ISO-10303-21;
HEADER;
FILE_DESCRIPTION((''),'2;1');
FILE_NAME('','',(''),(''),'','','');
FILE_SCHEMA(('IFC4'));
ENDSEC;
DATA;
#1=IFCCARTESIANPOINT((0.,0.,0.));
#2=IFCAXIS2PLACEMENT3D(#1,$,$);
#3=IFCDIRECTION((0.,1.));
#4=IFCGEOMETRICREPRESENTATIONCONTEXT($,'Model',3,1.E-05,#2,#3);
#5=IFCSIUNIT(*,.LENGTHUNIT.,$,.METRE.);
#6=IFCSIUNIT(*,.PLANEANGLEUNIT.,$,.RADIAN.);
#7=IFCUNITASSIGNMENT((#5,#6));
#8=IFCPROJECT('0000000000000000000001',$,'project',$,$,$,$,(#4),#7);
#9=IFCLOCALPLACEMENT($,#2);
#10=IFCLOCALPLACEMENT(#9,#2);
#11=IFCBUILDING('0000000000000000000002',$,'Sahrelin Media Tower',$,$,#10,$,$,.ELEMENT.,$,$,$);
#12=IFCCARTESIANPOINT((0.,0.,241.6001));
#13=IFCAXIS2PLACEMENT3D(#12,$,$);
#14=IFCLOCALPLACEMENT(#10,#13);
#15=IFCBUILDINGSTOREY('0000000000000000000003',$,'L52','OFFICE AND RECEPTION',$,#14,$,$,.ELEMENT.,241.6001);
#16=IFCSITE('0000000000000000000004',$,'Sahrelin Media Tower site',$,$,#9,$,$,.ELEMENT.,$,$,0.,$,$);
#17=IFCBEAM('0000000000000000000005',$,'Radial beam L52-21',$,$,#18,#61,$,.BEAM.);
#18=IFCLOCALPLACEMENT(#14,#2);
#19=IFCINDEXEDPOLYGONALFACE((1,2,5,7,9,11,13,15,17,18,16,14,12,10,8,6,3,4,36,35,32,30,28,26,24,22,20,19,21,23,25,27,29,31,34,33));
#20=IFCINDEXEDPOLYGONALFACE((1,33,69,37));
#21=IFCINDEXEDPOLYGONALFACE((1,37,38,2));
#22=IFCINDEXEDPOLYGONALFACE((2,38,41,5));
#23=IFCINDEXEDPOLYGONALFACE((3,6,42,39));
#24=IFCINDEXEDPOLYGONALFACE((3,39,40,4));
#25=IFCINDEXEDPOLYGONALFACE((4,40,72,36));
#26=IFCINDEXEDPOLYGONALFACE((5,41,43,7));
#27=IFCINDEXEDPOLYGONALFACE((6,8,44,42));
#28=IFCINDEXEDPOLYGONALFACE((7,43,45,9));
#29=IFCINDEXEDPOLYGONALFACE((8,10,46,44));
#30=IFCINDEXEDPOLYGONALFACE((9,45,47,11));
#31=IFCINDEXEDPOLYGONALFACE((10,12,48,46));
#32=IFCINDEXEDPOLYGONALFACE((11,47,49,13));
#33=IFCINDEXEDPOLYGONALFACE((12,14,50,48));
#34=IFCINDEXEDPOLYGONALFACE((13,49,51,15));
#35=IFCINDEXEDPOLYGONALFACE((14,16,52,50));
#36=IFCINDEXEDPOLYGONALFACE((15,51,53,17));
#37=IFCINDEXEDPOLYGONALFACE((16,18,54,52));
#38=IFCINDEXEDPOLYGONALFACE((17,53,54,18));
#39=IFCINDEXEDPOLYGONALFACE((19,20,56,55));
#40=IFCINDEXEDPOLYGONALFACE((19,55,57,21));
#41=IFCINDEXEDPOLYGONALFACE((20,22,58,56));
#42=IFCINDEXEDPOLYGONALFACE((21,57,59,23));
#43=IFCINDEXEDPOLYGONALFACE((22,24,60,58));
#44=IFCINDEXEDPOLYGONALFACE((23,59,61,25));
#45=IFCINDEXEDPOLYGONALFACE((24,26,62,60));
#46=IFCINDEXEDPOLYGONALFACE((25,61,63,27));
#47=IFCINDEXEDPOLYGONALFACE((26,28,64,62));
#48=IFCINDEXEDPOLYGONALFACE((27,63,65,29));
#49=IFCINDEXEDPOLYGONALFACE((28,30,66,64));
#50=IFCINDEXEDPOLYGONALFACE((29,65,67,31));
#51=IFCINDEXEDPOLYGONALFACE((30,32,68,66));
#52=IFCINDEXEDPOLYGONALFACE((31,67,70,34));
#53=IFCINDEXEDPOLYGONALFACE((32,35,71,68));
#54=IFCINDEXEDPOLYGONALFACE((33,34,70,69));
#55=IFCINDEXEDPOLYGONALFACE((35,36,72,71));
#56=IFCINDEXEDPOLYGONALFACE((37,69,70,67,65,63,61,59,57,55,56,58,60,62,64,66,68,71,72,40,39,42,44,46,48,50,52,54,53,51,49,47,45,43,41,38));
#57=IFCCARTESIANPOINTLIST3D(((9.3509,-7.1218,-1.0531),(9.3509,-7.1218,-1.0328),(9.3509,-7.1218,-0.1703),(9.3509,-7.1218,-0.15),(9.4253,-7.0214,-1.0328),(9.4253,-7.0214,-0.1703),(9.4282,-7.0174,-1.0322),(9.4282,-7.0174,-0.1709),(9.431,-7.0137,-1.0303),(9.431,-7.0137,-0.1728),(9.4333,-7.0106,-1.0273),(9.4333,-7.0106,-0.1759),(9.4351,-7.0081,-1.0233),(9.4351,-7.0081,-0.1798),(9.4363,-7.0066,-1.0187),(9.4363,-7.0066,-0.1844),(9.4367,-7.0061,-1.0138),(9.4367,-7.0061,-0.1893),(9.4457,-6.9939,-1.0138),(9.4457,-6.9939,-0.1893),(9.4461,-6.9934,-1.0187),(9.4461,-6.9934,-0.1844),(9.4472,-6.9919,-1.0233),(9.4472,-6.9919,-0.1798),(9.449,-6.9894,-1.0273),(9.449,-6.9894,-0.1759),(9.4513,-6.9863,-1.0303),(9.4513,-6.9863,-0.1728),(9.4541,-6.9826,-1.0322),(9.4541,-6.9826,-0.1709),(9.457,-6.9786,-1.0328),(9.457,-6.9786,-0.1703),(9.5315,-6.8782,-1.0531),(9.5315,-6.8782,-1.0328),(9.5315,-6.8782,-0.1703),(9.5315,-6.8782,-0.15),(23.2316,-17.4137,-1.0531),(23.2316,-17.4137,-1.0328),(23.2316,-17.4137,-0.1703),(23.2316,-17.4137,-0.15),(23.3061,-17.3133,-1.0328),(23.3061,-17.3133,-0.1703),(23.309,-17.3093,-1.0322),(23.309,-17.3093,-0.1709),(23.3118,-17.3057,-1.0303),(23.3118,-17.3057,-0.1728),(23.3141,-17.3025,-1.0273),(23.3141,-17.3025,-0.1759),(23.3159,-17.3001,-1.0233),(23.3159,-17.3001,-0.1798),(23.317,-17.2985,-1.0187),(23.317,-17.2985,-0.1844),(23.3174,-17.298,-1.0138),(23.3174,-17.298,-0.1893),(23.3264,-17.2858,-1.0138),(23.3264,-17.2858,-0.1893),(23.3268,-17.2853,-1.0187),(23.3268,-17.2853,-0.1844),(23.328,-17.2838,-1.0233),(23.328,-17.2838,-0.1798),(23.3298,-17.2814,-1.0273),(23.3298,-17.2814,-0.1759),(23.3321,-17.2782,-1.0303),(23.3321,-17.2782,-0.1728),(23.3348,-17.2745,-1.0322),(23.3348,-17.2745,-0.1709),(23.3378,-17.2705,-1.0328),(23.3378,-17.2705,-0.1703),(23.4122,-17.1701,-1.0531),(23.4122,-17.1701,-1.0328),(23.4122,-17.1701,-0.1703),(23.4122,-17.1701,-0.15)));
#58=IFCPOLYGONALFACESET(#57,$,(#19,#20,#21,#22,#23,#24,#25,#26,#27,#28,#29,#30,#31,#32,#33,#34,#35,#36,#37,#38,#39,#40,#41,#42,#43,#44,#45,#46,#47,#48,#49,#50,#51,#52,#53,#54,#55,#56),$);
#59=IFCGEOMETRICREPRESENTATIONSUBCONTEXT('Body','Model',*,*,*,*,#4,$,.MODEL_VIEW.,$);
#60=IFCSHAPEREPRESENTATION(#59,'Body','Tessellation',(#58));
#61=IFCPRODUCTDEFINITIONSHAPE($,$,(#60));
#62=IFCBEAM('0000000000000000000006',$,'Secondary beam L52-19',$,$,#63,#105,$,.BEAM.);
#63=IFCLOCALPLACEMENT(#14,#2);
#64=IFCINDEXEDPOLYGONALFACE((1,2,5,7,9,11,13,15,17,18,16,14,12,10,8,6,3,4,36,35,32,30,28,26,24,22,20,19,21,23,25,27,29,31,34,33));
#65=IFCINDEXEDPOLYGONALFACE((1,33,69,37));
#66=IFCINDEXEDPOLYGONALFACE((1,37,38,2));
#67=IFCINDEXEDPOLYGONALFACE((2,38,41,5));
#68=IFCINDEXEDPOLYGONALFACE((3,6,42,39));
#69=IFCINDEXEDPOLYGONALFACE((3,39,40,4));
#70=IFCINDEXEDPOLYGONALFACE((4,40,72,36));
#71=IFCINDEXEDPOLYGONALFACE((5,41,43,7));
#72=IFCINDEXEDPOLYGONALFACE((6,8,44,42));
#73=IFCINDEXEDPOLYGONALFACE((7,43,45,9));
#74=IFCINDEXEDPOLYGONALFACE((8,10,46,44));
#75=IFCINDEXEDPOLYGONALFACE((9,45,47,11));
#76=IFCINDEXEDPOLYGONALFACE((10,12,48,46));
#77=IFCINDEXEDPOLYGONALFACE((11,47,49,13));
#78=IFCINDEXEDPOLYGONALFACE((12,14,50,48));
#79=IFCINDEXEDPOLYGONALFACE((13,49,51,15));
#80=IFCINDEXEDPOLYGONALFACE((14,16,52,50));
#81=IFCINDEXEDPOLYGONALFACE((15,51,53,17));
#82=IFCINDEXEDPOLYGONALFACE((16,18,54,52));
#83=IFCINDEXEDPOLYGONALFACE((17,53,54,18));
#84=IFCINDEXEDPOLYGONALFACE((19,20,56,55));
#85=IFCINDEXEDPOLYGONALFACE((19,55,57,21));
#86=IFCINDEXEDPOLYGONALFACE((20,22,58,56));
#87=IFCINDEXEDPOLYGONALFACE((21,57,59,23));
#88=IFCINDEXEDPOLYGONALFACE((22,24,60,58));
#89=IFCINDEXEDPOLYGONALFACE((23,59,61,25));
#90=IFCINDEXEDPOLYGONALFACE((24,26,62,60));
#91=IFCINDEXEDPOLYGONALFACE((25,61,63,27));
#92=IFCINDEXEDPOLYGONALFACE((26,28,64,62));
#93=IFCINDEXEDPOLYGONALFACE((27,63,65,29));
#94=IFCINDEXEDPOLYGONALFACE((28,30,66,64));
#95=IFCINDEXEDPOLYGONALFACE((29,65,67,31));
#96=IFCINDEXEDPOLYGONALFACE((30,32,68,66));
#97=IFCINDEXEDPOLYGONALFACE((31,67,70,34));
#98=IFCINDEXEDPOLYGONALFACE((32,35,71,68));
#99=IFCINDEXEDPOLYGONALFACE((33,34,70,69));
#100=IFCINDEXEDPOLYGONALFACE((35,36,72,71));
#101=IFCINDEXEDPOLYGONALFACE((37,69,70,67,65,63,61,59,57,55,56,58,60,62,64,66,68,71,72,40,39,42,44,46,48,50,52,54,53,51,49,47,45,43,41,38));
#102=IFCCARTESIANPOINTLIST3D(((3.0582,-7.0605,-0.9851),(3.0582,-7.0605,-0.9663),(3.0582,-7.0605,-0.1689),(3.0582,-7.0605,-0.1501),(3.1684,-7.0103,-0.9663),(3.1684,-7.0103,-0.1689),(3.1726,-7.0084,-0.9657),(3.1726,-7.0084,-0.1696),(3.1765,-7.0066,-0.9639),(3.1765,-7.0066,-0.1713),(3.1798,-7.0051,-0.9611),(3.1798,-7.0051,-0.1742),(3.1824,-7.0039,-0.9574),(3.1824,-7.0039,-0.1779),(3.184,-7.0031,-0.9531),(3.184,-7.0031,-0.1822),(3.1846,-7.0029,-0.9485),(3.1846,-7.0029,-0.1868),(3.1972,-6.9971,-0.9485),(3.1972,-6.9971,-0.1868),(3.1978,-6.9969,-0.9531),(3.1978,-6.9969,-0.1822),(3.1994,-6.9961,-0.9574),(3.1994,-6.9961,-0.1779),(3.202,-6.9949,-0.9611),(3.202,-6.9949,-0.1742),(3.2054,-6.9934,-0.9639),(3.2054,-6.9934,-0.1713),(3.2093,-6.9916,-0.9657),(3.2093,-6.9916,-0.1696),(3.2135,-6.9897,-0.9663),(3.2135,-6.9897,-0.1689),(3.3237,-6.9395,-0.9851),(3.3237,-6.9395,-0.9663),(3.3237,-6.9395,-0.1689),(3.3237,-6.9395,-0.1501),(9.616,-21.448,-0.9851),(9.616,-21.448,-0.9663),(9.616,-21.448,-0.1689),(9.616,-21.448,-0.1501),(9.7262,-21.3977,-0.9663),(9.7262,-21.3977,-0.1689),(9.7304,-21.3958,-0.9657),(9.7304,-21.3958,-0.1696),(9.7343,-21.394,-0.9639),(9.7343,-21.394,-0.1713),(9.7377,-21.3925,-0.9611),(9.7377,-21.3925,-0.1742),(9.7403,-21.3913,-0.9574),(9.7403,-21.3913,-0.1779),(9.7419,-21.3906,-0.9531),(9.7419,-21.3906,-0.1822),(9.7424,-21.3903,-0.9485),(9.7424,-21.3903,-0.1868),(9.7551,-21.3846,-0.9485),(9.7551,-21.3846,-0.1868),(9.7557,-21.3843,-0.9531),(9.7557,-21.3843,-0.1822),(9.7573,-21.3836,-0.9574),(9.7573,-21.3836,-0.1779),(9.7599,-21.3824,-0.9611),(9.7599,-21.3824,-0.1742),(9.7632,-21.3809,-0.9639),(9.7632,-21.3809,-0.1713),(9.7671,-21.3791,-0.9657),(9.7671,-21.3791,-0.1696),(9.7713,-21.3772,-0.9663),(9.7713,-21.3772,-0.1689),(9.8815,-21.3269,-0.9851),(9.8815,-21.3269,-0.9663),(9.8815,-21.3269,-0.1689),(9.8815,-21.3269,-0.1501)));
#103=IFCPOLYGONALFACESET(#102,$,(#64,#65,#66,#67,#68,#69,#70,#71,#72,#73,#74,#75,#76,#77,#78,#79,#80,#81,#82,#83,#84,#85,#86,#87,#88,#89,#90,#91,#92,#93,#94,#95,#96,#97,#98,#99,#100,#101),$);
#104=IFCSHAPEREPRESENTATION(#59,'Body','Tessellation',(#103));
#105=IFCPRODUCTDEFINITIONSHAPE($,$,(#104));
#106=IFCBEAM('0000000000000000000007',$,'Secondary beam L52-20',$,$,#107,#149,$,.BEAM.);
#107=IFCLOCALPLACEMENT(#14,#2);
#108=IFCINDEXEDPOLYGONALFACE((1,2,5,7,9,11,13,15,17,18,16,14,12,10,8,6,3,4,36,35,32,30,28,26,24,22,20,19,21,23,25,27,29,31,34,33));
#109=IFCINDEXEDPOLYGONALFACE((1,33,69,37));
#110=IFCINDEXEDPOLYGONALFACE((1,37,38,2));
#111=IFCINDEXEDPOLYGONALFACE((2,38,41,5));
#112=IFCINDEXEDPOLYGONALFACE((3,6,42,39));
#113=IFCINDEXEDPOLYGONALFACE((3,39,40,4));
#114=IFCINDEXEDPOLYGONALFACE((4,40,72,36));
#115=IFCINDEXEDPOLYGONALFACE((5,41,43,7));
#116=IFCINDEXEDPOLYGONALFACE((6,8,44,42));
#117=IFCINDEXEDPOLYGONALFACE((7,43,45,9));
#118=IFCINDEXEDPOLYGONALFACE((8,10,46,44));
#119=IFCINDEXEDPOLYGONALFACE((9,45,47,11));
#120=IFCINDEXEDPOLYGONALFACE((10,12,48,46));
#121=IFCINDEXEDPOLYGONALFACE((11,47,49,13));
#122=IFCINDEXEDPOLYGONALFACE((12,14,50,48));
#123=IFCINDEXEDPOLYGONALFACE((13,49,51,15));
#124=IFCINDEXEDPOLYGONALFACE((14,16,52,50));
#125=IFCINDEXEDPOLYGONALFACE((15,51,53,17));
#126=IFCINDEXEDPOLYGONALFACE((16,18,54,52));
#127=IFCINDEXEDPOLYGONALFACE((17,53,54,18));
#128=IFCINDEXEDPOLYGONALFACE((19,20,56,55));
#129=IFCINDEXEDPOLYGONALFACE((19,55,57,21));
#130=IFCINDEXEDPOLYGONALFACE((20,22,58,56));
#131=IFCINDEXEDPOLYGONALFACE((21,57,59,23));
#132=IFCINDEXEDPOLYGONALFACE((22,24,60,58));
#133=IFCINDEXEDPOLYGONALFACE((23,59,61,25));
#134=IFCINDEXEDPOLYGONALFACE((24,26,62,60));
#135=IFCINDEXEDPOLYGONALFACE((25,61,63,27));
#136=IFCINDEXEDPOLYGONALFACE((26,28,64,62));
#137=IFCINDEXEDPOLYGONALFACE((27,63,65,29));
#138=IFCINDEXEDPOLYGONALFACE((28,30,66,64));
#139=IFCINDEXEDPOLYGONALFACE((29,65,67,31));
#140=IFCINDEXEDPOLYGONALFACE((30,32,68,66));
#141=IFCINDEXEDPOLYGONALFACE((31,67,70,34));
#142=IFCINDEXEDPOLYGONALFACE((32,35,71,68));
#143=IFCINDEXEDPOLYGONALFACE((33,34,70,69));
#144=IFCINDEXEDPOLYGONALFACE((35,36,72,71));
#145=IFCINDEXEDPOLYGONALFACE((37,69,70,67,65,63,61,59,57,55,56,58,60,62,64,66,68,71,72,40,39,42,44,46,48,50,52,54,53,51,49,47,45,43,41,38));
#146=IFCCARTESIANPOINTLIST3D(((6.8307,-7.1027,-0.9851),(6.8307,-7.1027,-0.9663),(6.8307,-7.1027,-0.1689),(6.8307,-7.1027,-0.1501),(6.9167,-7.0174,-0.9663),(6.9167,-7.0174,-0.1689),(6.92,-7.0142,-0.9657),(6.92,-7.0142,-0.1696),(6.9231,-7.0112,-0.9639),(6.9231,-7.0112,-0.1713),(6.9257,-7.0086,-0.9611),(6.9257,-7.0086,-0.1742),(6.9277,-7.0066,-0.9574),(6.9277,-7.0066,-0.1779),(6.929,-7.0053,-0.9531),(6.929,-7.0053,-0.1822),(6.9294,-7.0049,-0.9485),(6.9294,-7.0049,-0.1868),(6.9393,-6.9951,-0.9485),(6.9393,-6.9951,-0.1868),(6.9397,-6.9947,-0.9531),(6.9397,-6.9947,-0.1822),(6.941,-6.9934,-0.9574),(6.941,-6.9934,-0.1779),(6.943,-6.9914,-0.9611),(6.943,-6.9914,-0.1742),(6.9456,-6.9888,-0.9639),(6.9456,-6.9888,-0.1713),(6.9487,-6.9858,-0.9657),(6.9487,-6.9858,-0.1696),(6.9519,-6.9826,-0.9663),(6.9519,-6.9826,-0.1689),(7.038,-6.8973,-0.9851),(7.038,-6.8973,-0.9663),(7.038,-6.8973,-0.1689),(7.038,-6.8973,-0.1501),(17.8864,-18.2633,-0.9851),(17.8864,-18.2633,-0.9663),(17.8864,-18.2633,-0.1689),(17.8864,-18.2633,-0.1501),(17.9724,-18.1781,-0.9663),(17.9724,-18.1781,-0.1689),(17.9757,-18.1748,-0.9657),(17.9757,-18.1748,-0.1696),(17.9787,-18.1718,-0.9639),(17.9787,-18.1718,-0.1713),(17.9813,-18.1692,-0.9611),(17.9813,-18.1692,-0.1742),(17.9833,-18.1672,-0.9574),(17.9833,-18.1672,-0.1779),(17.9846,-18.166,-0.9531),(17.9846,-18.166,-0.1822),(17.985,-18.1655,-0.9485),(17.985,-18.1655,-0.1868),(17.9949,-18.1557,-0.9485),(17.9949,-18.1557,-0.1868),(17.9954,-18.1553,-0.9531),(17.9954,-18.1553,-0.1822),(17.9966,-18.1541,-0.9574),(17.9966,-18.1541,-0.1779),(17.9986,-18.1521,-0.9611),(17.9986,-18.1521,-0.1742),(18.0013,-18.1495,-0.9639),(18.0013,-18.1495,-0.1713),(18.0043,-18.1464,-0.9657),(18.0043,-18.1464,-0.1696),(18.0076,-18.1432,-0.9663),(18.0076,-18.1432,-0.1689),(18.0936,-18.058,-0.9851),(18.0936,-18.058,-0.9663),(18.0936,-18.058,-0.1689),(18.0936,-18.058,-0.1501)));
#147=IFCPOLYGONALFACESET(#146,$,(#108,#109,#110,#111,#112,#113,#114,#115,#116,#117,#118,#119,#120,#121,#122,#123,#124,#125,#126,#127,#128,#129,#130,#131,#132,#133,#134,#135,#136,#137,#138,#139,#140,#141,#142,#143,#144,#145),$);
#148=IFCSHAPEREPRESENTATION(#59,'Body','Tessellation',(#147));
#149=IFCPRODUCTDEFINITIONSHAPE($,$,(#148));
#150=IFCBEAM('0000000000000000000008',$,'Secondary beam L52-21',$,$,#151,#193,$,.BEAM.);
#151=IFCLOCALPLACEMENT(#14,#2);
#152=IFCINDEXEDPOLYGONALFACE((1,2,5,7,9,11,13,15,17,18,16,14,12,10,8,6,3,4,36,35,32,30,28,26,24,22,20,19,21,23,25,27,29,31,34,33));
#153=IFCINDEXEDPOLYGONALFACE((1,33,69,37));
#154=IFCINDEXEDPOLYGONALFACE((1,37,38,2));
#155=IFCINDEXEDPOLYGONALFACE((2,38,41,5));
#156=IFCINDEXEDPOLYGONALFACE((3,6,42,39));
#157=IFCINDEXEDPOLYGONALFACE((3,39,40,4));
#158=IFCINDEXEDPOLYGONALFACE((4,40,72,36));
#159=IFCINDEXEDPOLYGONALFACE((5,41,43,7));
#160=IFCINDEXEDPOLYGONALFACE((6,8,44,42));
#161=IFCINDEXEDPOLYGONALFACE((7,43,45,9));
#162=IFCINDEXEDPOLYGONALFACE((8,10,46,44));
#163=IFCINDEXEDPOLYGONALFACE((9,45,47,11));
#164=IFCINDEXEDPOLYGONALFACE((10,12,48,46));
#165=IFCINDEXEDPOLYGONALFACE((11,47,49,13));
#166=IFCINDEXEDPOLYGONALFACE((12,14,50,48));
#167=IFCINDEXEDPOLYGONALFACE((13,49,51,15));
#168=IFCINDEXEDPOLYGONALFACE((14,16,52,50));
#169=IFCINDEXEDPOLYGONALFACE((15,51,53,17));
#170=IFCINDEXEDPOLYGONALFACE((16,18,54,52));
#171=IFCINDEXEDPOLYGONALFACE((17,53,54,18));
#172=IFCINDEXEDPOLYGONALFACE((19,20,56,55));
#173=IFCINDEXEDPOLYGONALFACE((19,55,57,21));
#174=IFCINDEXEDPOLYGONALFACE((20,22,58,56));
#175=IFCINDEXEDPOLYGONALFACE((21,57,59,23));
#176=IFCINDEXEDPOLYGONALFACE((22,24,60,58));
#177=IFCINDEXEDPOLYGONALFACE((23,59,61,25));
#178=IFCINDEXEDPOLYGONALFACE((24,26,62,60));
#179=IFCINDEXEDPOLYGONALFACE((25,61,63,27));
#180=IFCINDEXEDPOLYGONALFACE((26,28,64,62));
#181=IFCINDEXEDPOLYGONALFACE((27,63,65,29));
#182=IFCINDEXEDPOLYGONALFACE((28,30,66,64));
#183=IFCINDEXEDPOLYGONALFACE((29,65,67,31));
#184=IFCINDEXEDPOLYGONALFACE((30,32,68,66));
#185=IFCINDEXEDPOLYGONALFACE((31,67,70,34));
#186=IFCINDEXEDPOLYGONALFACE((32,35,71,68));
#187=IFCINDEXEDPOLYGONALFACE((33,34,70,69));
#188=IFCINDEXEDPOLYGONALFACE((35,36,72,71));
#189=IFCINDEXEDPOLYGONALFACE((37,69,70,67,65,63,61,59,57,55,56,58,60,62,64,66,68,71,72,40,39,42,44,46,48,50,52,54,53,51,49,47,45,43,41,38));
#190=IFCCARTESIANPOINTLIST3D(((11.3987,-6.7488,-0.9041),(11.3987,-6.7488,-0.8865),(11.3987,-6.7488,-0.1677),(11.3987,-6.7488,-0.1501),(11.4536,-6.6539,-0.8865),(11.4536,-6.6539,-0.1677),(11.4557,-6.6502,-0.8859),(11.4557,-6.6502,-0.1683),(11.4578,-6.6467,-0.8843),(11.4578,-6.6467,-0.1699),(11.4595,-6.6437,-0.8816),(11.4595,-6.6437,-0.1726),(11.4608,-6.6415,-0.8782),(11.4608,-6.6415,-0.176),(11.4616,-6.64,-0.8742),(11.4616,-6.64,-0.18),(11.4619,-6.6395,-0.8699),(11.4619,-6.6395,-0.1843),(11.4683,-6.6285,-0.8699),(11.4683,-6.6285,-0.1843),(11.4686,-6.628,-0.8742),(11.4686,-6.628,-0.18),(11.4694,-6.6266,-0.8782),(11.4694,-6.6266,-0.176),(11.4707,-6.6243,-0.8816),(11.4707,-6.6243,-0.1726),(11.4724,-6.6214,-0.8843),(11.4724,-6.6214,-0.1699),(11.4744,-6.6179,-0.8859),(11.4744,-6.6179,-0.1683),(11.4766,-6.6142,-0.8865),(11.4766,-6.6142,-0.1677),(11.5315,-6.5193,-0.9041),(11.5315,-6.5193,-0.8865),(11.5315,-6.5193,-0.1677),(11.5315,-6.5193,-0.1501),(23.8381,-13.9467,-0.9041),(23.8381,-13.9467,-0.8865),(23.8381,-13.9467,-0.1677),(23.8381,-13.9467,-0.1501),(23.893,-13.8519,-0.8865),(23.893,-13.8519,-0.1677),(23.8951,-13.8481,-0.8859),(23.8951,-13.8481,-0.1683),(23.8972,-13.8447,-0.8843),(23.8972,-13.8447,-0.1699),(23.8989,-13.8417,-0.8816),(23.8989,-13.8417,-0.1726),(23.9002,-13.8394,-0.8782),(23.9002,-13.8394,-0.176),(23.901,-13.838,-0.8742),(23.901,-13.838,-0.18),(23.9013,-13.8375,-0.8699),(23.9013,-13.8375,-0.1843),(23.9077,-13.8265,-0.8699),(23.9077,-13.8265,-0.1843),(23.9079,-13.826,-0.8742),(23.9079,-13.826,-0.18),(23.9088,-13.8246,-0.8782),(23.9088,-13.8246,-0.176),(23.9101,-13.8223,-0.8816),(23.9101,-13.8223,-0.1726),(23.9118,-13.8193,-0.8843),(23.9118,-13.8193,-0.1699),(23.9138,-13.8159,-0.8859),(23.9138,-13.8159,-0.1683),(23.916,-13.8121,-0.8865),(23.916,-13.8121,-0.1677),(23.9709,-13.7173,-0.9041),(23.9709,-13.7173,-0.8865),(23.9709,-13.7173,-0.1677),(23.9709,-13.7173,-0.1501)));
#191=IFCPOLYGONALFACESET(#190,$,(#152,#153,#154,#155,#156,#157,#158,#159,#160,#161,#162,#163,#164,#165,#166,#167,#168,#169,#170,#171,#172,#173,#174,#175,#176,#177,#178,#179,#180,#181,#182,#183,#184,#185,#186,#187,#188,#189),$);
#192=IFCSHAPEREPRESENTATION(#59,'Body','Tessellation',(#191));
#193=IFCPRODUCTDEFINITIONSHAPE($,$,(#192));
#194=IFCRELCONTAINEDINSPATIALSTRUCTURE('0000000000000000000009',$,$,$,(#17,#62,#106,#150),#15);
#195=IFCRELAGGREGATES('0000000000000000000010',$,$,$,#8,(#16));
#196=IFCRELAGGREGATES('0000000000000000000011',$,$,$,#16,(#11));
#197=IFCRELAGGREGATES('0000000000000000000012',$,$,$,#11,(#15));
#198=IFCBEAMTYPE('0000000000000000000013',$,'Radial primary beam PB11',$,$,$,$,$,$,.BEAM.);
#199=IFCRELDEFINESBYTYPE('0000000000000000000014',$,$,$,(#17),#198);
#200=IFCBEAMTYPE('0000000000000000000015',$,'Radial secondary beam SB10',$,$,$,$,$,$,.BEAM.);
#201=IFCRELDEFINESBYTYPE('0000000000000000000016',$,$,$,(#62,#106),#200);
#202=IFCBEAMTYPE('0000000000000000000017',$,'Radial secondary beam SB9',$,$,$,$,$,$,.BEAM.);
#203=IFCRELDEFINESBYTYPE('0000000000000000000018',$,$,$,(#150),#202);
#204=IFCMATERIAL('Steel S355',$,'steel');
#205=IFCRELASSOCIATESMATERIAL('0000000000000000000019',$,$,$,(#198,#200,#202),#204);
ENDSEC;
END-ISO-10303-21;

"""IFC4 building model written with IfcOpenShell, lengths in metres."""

from ifc_helpers import new_model, si_unit, direction, frame, origin, origin_2d, place, context, subcontext, project, spatial, i_section, extrude, material, material_profile, profile_set, type_object, element, save


model = new_model("IFC4")

# Units and contexts
model_context = context("Model", 3, precision=1e-05, world=origin(), true_north=direction((0.0, 1.0)))
body_context = subcontext(model_context, "Body", "Model", "MODEL_VIEW")
ifc_project = project(units=[si_unit("LENGTHUNIT", "METRE"), si_unit("PLANEANGLEUNIT", "RADIAN")], contexts=[model_context])

# Site, building, storey
site_placement = place(None, origin())
site = spatial("IfcSite", under=ifc_project, at=site_placement, Name="Sahrelin Media Tower site", CompositionType="ELEMENT", RefElevation=0.0)
building_placement = place(site_placement, origin())
building = spatial("IfcBuilding", under=site, at=building_placement, Name="Sahrelin Media Tower", CompositionType="ELEMENT")
storey_placement = place(building_placement, frame((0.0, 0.0, 241.6001)))
storey = spatial("IfcBuildingStorey", under=building, at=storey_placement, Name="L52", Description="OFFICE AND RECEPTION", CompositionType="ELEMENT", Elevation=241.6001)

# Shared definitions
ifc_material_1 = material(Name="Steel S355", Category="steel")

# Beams
ifc_material_profile_1 = material_profile(ifc_material_1, i_section(OverallWidth=0.3032, OverallDepth=0.9031, WebThickness=0.0151, FlangeThickness=0.0203, FilletRadius=0.019, at=origin_2d()), Name="UB 914x305x201")
ifc_profile_set_1 = profile_set([ifc_material_profile_1], Name="Steel S355")
beam_type_1 = type_object("IfcBeamType", Name="Radial primary beam PB11", PredefinedType="BEAM", material=ifc_profile_set_1)
beam_1_placement = place(storey_placement, frame((9.4412, -7.0, -0.6016), z_axis=(0.803284, -0.595596, 0.0), x_axis=(0.595596, 0.803284, 0.0)))
element("IfcBeam", 1, at=beam_1_placement, inside=storey, type_object=beam_type_1, Name="Radial beam L52-21", PredefinedType="BEAM", context=body_context, shape_type="SweptSolid", body=[
    extrude(i_section(OverallWidth=0.3032, OverallDepth=0.9031, WebThickness=0.0151, FlangeThickness=0.0203, FilletRadius=0.019, at=origin_2d()), origin(), (0.0, 0.0, 1.0), 17.28),
])
ifc_material_profile_2 = material_profile(ifc_material_1, i_section(OverallWidth=0.2917, OverallDepth=0.835, WebThickness=0.0139, FlangeThickness=0.0188, FilletRadius=0.0178, at=origin_2d()), Name="UB 838x292x176")
ifc_profile_set_2 = profile_set([ifc_material_profile_2], Name="Steel S355")
beam_type_2 = type_object("IfcBeamType", Name="Radial secondary beam SB10", PredefinedType="BEAM", material=ifc_profile_set_2)
beam_2_placement = place(storey_placement, frame((3.1909, -7.0, -0.5676), z_axis=(0.414752, -0.909934, 0.0), x_axis=(0.909934, 0.414752, 0.0)))
element("IfcBeam", 2, at=beam_2_placement, inside=storey, type_object=beam_type_2, Name="Secondary beam L52-19", PredefinedType="BEAM", context=body_context, shape_type="SweptSolid", body=[
    extrude(i_section(OverallWidth=0.2917, OverallDepth=0.835, WebThickness=0.0139, FlangeThickness=0.0188, FilletRadius=0.0178, at=origin_2d()), origin(), (0.0, 0.0, 1.0), 15.8115),
])
beam_3_placement = place(storey_placement, frame((6.9343, -7.0, -0.5676), z_axis=(0.703758, -0.71044, 0.0), x_axis=(0.71044, 0.703758, 0.0)))
element("IfcBeam", 3, at=beam_3_placement, inside=storey, type_object=beam_type_2, Name="Secondary beam L52-20", PredefinedType="BEAM", context=body_context, shape_type="SweptSolid", body=[
    extrude(i_section(OverallWidth=0.2917, OverallDepth=0.835, WebThickness=0.0139, FlangeThickness=0.0188, FilletRadius=0.0178, at=origin_2d()), origin(), (0.0, 0.0, 1.0), 15.7095),
])
ifc_material_profile_3 = material_profile(ifc_material_1, i_section(OverallWidth=0.2651, OverallDepth=0.7539, WebThickness=0.0127, FlangeThickness=0.0176, FilletRadius=0.0166, at=origin_2d()), Name="UB 762x267x147")
ifc_profile_set_3 = profile_set([ifc_material_profile_3], Name="Steel S355")
beam_type_3 = type_object("IfcBeamType", Name="Radial secondary beam SB9", PredefinedType="BEAM", material=ifc_profile_set_3)
beam_4_placement = place(storey_placement, frame((11.4651, -6.634, -0.5271), z_axis=(0.865541, -0.500839, 0.0), x_axis=(0.500839, 0.865541, 0.0)))
element("IfcBeam", 4, at=beam_4_placement, inside=storey, type_object=beam_type_3, Name="Secondary beam L52-21", PredefinedType="BEAM", context=body_context, shape_type="SweptSolid", body=[
    extrude(i_section(OverallWidth=0.2651, OverallDepth=0.7539, WebThickness=0.0127, FlangeThickness=0.0176, FilletRadius=0.0166, at=origin_2d()), origin(), (0.0, 0.0, 1.0), 14.3718),
])

save(model, "model.ifc")
